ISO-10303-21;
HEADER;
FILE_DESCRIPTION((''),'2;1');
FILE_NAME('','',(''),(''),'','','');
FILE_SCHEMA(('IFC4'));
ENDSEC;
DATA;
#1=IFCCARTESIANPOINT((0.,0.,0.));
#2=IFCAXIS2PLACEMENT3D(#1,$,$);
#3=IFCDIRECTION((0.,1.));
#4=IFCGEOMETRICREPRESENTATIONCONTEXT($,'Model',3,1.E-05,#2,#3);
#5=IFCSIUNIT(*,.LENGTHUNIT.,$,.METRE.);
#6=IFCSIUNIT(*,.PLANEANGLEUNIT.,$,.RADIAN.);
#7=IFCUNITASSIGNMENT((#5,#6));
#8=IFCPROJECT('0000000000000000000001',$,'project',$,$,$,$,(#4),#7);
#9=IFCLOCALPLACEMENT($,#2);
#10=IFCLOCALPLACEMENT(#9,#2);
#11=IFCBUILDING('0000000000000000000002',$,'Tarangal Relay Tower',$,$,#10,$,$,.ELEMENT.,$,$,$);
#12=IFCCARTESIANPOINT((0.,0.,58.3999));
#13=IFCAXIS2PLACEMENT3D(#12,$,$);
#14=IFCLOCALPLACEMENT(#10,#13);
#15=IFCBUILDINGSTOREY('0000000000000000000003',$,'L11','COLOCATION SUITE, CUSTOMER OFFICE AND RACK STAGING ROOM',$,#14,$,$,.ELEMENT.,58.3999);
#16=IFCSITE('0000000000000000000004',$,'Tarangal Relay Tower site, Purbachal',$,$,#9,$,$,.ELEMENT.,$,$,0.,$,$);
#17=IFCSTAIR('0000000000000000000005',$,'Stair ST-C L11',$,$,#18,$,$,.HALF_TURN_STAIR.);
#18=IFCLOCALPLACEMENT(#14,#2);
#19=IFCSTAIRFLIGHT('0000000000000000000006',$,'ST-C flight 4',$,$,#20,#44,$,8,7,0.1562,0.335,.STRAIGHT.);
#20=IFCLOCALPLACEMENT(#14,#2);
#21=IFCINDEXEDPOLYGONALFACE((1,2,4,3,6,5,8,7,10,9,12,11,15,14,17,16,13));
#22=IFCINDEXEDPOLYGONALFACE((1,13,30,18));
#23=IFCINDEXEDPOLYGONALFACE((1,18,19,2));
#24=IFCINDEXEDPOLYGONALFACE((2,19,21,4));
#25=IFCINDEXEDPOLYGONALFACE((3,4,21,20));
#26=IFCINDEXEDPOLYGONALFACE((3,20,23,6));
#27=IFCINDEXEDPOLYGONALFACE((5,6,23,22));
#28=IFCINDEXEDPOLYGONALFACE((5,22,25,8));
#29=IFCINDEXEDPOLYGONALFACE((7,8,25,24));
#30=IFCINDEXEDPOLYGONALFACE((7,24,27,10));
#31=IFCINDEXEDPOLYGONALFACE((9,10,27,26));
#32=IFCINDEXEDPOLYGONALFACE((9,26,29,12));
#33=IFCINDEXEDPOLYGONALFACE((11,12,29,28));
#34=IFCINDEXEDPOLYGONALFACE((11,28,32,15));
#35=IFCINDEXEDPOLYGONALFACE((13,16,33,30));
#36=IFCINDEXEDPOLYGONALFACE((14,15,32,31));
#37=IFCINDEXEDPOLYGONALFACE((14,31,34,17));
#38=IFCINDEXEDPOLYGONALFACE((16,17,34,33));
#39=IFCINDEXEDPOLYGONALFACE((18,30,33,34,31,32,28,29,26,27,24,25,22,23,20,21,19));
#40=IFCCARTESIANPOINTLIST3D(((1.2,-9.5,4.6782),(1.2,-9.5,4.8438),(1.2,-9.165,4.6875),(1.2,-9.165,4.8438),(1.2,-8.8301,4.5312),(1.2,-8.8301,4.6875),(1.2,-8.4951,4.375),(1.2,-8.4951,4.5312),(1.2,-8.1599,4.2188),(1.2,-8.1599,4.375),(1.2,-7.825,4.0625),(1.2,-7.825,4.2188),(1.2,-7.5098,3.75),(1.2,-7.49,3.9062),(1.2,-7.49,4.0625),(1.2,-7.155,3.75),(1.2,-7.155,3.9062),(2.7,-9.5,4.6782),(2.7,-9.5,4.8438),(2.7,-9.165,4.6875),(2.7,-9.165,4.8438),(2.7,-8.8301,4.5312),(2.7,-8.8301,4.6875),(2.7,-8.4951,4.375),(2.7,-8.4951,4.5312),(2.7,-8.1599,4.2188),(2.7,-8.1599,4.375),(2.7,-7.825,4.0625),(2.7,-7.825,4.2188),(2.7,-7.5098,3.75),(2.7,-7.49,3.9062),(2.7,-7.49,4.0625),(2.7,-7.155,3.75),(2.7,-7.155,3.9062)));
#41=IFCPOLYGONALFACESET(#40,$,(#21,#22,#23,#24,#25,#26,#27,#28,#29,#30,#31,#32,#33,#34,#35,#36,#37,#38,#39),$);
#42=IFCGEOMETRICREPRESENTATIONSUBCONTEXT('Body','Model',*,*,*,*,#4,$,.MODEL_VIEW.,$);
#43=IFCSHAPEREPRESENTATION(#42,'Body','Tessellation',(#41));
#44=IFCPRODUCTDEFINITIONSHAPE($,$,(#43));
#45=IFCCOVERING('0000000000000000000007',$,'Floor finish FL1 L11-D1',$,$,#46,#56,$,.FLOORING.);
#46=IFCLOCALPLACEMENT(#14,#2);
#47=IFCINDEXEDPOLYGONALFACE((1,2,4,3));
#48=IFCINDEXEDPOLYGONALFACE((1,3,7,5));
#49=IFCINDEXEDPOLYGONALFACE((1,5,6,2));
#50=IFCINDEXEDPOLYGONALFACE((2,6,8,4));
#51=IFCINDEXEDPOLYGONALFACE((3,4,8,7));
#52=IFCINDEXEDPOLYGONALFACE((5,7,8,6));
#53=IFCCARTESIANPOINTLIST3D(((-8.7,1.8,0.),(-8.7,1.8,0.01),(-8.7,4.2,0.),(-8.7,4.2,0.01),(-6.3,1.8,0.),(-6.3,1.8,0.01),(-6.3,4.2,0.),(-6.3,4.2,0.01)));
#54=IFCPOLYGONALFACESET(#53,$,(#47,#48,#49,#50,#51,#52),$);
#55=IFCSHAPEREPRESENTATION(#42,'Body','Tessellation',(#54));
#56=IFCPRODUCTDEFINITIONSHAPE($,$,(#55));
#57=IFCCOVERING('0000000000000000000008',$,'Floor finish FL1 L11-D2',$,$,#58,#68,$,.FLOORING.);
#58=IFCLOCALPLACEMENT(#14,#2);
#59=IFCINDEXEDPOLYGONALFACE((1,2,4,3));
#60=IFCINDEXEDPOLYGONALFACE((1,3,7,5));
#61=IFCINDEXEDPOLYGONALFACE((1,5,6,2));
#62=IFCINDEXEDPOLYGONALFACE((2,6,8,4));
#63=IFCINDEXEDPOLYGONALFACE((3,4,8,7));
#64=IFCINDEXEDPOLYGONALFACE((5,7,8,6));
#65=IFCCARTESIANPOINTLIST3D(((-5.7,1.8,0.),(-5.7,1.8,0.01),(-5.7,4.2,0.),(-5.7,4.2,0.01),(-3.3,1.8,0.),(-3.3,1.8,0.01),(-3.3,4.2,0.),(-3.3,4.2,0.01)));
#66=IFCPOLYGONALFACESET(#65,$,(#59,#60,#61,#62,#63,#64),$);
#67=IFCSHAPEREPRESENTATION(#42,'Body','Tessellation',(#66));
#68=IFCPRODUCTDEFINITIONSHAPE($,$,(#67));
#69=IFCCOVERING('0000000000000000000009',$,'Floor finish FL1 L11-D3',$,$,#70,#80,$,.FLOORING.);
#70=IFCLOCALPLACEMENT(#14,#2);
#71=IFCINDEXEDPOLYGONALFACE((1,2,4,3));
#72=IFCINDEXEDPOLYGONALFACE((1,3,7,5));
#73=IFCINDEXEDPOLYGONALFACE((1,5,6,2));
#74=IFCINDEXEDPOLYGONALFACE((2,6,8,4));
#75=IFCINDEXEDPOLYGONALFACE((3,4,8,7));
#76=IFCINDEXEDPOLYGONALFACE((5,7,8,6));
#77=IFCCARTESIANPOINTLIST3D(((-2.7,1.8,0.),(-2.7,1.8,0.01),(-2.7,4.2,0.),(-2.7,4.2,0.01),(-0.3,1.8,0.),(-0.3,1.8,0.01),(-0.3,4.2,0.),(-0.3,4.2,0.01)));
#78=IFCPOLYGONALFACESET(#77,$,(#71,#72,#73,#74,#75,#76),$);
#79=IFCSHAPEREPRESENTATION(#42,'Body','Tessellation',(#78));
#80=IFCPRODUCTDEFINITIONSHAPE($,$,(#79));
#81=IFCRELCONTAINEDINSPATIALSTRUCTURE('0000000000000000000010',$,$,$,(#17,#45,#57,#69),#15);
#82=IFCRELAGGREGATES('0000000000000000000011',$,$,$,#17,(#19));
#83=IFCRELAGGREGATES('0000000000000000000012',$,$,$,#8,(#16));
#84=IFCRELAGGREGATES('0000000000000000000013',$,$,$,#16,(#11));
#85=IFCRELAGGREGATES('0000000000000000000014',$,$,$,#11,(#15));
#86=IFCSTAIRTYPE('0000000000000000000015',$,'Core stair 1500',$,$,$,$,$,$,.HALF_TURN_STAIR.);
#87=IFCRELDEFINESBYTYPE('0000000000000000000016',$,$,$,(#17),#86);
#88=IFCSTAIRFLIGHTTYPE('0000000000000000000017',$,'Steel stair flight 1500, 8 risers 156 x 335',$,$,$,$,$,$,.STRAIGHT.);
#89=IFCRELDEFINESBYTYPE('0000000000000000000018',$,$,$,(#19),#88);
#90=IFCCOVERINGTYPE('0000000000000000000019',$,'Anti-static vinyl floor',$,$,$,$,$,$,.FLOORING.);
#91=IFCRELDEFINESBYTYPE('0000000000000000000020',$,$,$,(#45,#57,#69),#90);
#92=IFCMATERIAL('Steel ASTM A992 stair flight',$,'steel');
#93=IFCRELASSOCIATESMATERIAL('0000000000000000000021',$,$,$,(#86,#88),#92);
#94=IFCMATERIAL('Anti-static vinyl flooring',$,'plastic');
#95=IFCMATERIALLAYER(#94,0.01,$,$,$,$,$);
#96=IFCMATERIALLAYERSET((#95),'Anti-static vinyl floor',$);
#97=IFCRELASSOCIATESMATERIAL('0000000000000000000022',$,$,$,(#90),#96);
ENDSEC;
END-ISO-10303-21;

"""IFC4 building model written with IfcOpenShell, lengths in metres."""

from ifc_helpers import new_model, si_unit, direction, frame, origin, place, context, subcontext, project, spatial, polyline, outline, extrude, material, layer, layer_set, type_object, element, aggregate, save


model = new_model("IFC4")

# Units and contexts
model_context = context("Model", 3, precision=1e-05, world=origin(), true_north=direction((0.0, 1.0)))
body_context = subcontext(model_context, "Body", "Model", "MODEL_VIEW")
ifc_project = project(units=[si_unit("LENGTHUNIT", "METRE"), si_unit("PLANEANGLEUNIT", "RADIAN")], contexts=[model_context])

# Site, building, storey
site_placement = place(None, origin())
site = spatial("IfcSite", under=ifc_project, at=site_placement, Name="Tarangal Relay Tower site, Purbachal", CompositionType="ELEMENT", RefElevation=0.0)
building_placement = place(site_placement, origin())
building = spatial("IfcBuilding", under=site, at=building_placement, Name="Tarangal Relay Tower", CompositionType="ELEMENT")
storey_placement = place(building_placement, frame((0.0, 0.0, 58.3999)))
storey = spatial("IfcBuildingStorey", under=building, at=storey_placement, Name="L11", Description="COLOCATION SUITE, CUSTOMER OFFICE AND RACK STAGING ROOM", CompositionType="ELEMENT", Elevation=58.3999)

# Shared definitions
ifc_material_1 = material(Name="Steel ASTM A992 stair flight", Category="steel")
stair_type = type_object("IfcStairType", Name="Core stair 1500", PredefinedType="HALF_TURN_STAIR", material=ifc_material_1)

# Stair, stair flight
stair_1_placement = place(storey_placement, origin())
stair_1 = element("IfcStair", 1, at=stair_1_placement, inside=storey, type_object=stair_type, Name="Stair ST-C L11", PredefinedType="HALF_TURN_STAIR")
stair_flight_type = type_object("IfcStairFlightType", Name="Steel stair flight 1500, 8 risers 156 x 335", PredefinedType="STRAIGHT", material=ifc_material_1)
stair_flight_1_placement = place(storey_placement, frame((1.95, -7.155, 3.75), z_axis=(0.0, 0.0, 1.0), x_axis=(0.0, -1.0, 0.0)))
stair_flight_1 = element("IfcStairFlight", 2, at=stair_flight_1_placement, type_object=stair_flight_type, Name="ST-C flight 4", NumberOfRisers=8, NumberOfTreads=7, PredefinedType="STRAIGHT", RiserHeight=0.1562, TreadLength=0.335, context=body_context, shape_type="SweptSolid", body=[
    extrude(outline(polyline([(0.0, 0.0), (0.0, 0.1562), (0.335, 0.1562), (0.335, 0.3125), (0.6699, 0.3125), (0.6699, 0.4688), (1.0049, 0.4688), (1.0049, 0.625), (1.3401, 0.625), (1.3401, 0.7812), (1.675, 0.7812), (1.675, 0.9375), (2.01, 0.9375), (2.01, 1.0938), (2.345, 1.0938), (2.345, 1.25), (2.345, 0.9282), (0.3547, 0.0), (0.0, 0.0)])), frame((0.0, 0.75, 0.0), z_axis=(0.0, -1.0, 0.0), x_axis=(1.0, 0.0, 0.0)), (0.0, 0.0, 1.0), 1.5),
])
aggregate(stair_1, [stair_flight_1])

# Coverings
ifc_material_2 = material(Name="Anti-static vinyl flooring", Category="plastic")
ifc_layer_1 = layer(ifc_material_2, 0.01)
ifc_layer_set_1 = layer_set([ifc_layer_1], Name="Anti-static vinyl floor")
covering_type_1 = type_object("IfcCoveringType", Name="Anti-static vinyl floor", PredefinedType="FLOORING", material=ifc_layer_set_1)
covering_1_placement = place(storey_placement, origin())
element("IfcCovering", 3, at=covering_1_placement, inside=storey, type_object=covering_type_1, Name="Floor finish FL1 L11-D1", PredefinedType="FLOORING", context=body_context, shape_type="SweptSolid", body=[
    extrude(outline(polyline([(-8.7, 1.8), (-6.3, 1.8), (-6.3, 4.2), (-8.7, 4.2), (-8.7, 1.8)])), origin(), (0.0, 0.0, 1.0), 0.01),
])
covering_2_placement = place(storey_placement, origin())
element("IfcCovering", 4, at=covering_2_placement, inside=storey, type_object=covering_type_1, Name="Floor finish FL1 L11-D2", PredefinedType="FLOORING", context=body_context, shape_type="SweptSolid", body=[
    extrude(outline(polyline([(-5.7, 1.8), (-3.3, 1.8), (-3.3, 4.2), (-5.7, 4.2), (-5.7, 1.8)])), origin(), (0.0, 0.0, 1.0), 0.01),
])
covering_3_placement = place(storey_placement, origin())
element("IfcCovering", 5, at=covering_3_placement, inside=storey, type_object=covering_type_1, Name="Floor finish FL1 L11-D3", PredefinedType="FLOORING", context=body_context, shape_type="SweptSolid", body=[
    extrude(outline(polyline([(-2.7, 1.8), (-0.3, 1.8), (-0.3, 4.2), (-2.7, 4.2), (-2.7, 1.8)])), origin(), (0.0, 0.0, 1.0), 0.01),
])

save(model, "model.ifc")
